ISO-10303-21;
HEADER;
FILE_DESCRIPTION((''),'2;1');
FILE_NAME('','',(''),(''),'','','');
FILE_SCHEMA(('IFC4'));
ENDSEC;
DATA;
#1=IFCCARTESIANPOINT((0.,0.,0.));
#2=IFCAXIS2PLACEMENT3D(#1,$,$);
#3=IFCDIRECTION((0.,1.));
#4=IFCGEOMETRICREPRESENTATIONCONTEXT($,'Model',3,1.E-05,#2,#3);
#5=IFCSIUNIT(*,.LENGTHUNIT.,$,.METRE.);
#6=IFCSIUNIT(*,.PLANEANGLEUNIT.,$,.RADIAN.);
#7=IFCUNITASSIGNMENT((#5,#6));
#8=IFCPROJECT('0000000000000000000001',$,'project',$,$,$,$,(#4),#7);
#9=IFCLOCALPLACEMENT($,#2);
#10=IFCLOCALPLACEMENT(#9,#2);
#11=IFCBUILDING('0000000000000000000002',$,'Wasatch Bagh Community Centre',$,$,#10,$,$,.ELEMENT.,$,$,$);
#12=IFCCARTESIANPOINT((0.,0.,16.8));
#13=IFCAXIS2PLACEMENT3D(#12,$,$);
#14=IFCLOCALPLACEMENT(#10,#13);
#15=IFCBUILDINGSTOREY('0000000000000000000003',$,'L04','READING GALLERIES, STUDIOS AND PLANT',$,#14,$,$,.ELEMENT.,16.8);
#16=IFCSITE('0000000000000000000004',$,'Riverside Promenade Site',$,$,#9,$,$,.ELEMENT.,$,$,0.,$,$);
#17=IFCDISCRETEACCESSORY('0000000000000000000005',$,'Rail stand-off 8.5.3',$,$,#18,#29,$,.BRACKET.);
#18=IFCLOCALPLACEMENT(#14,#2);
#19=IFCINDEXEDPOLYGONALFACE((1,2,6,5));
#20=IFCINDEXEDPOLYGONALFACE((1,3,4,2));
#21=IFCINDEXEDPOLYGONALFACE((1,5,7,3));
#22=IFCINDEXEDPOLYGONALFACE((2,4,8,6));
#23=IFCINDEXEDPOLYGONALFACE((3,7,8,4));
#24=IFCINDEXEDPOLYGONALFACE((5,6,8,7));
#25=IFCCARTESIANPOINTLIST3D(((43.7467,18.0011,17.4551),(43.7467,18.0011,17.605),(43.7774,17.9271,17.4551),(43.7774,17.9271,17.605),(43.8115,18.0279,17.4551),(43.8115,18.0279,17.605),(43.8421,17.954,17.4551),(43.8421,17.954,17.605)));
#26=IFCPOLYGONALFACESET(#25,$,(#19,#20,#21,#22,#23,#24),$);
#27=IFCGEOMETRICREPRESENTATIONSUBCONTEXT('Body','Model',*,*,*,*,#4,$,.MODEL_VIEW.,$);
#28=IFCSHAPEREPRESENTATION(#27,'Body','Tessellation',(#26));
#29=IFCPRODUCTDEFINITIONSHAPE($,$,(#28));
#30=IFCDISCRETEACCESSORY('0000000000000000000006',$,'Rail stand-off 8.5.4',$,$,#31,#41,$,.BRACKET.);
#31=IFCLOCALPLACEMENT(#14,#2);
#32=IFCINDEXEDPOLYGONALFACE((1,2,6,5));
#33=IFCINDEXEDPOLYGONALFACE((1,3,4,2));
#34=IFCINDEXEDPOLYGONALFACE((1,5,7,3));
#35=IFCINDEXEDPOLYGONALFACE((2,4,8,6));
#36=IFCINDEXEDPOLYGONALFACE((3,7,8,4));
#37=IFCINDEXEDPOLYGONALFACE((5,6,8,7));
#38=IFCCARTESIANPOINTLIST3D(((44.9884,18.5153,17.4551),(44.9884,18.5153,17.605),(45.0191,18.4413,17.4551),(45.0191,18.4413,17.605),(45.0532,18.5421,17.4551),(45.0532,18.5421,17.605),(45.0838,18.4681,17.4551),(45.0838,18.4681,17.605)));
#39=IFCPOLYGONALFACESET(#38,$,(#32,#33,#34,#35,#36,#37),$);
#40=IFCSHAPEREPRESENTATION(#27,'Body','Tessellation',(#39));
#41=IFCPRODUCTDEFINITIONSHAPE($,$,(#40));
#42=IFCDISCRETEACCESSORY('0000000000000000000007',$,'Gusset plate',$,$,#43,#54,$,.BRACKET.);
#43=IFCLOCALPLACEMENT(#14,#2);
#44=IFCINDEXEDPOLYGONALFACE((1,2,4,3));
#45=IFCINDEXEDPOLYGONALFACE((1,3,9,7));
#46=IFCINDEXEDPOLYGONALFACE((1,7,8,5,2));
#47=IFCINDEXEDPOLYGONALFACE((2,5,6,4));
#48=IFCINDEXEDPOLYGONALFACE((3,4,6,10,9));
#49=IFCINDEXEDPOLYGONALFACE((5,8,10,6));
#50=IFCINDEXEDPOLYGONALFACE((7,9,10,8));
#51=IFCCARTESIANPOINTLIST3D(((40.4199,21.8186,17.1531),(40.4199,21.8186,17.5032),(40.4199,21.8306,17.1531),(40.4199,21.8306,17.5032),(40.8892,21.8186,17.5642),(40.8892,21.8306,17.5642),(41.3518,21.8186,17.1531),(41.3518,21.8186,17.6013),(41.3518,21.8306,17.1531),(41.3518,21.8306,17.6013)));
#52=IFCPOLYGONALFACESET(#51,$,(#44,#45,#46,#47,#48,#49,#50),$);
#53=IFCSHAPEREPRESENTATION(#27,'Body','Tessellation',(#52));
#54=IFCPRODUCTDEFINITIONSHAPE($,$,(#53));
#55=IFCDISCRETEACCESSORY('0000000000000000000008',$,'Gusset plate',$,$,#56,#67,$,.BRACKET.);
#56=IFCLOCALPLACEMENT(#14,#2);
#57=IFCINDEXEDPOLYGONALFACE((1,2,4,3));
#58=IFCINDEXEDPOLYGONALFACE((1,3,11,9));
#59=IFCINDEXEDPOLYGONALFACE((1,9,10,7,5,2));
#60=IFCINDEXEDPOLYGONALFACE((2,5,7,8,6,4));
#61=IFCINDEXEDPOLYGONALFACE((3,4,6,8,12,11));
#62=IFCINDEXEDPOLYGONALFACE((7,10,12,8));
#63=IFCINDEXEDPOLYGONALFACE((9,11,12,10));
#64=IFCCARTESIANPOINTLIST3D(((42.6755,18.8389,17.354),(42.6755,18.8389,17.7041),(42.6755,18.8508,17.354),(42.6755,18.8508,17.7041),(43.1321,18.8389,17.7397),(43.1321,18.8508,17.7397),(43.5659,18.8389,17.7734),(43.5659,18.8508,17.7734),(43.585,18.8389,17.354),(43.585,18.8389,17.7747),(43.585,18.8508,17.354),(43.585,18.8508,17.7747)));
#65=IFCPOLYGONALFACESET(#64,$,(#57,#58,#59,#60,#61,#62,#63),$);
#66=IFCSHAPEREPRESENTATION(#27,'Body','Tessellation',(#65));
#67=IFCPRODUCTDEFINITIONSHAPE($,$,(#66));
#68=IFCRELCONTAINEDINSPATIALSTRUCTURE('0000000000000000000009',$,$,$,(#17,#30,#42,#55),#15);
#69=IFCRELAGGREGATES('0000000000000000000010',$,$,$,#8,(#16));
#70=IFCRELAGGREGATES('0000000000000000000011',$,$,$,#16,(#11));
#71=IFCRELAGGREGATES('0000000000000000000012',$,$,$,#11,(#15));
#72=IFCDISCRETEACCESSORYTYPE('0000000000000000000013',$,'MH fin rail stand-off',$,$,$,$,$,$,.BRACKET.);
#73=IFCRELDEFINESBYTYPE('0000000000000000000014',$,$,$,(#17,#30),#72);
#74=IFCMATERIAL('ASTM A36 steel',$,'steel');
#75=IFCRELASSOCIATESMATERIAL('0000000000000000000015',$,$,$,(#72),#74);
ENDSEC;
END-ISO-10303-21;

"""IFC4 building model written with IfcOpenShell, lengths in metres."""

from ifc_helpers import new_model, si_unit, direction, frame, origin, origin_2d, place, context, subcontext, project, spatial, polyline, rectangle, outline, extrude, material, type_object, element, save


model = new_model("IFC4")

# Units and contexts
model_context = context("Model", 3, precision=1e-05, world=origin(), true_north=direction((0.0, 1.0)))
body_context = subcontext(model_context, "Body", "Model", "MODEL_VIEW")
ifc_project = project(units=[si_unit("LENGTHUNIT", "METRE"), si_unit("PLANEANGLEUNIT", "RADIAN")], contexts=[model_context])

# Site, building, storey
site_placement = place(None, origin())
site = spatial("IfcSite", under=ifc_project, at=site_placement, Name="Riverside Promenade Site", CompositionType="ELEMENT", RefElevation=0.0)
building_placement = place(site_placement, origin())
building = spatial("IfcBuilding", under=site, at=building_placement, Name="Wasatch Bagh Community Centre", CompositionType="ELEMENT")
storey_placement = place(building_placement, frame((0.0, 0.0, 16.8)))
storey = spatial("IfcBuildingStorey", under=building, at=storey_placement, Name="L04", Description="READING GALLERIES, STUDIOS AND PLANT", CompositionType="ELEMENT", Elevation=16.8)

# Discrete accessories
ifc_material_1 = material(Name="ASTM A36 steel", Category="steel")
discrete_accessory_type_1 = type_object("IfcDiscreteAccessoryType", Name="MH fin rail stand-off", PredefinedType="BRACKET", material=ifc_material_1)
for number, where, z_axis, x_axis, name in (
    (1, (43.7944, 17.9775, 17.4551), (0.0, 0.0, 1.0), (0.92388, 0.382683, 0.0), "Rail stand-off 8.5.3"),
    (2, (45.0361, 18.4917, 17.4551), (0.0, 0.0, 1.0), (0.92388, 0.382683, 0.0), "Rail stand-off 8.5.4"),
):
    element("IfcDiscreteAccessory", number, at=place(storey_placement, frame(where, z_axis=z_axis, x_axis=x_axis)), inside=storey, type_object=discrete_accessory_type_1, Name=name, PredefinedType="BRACKET", context=body_context, shape_type="SweptSolid", body=[
        extrude(rectangle(XDim=0.0701, YDim=0.0801, at=origin_2d()), origin(), (0.0, 0.0, 1.0), 0.1499),
    ])
discrete_accessory_1_placement = place(storey_placement, frame((40.4199, 21.8306, 17.5032), z_axis=(0.0, 1.0, 0.0), x_axis=(0.991646, 0.0, 0.128986)))
element("IfcDiscreteAccessory", 3, at=discrete_accessory_1_placement, inside=storey, Name="Gusset plate", PredefinedType="BRACKET", context=body_context, shape_type="SweptSolid", body=[
    extrude(outline(polyline([(0.0, 0.0), (0.4732, 0.0), (0.9368, 0.0229), (0.8789, 0.4674), (-0.0452, 0.3472), (0.0, 0.0)])), origin(), (0.0, 0.0, -1.0), 0.012),
])
discrete_accessory_2_placement = place(storey_placement, frame((42.6755, 18.8508, 17.7041), z_axis=(0.0, 1.0, 0.0), x_axis=(0.996966, 0.0, 0.077838)))
element("IfcDiscreteAccessory", 4, at=discrete_accessory_2_placement, inside=storey, Name="Gusset plate", PredefinedType="BRACKET", context=body_context, shape_type="SweptSolid", body=[
    extrude(outline(polyline([(0.0, 0.0), (0.4579, 0.0), (0.8931, 0.0002), (0.9122, 0.0004), (0.8794, 0.4198), (-0.0273, 0.349), (0.0, 0.0)])), origin(), (0.0, 0.0, -1.0), 0.012),
])

save(model, "model.ifc")
